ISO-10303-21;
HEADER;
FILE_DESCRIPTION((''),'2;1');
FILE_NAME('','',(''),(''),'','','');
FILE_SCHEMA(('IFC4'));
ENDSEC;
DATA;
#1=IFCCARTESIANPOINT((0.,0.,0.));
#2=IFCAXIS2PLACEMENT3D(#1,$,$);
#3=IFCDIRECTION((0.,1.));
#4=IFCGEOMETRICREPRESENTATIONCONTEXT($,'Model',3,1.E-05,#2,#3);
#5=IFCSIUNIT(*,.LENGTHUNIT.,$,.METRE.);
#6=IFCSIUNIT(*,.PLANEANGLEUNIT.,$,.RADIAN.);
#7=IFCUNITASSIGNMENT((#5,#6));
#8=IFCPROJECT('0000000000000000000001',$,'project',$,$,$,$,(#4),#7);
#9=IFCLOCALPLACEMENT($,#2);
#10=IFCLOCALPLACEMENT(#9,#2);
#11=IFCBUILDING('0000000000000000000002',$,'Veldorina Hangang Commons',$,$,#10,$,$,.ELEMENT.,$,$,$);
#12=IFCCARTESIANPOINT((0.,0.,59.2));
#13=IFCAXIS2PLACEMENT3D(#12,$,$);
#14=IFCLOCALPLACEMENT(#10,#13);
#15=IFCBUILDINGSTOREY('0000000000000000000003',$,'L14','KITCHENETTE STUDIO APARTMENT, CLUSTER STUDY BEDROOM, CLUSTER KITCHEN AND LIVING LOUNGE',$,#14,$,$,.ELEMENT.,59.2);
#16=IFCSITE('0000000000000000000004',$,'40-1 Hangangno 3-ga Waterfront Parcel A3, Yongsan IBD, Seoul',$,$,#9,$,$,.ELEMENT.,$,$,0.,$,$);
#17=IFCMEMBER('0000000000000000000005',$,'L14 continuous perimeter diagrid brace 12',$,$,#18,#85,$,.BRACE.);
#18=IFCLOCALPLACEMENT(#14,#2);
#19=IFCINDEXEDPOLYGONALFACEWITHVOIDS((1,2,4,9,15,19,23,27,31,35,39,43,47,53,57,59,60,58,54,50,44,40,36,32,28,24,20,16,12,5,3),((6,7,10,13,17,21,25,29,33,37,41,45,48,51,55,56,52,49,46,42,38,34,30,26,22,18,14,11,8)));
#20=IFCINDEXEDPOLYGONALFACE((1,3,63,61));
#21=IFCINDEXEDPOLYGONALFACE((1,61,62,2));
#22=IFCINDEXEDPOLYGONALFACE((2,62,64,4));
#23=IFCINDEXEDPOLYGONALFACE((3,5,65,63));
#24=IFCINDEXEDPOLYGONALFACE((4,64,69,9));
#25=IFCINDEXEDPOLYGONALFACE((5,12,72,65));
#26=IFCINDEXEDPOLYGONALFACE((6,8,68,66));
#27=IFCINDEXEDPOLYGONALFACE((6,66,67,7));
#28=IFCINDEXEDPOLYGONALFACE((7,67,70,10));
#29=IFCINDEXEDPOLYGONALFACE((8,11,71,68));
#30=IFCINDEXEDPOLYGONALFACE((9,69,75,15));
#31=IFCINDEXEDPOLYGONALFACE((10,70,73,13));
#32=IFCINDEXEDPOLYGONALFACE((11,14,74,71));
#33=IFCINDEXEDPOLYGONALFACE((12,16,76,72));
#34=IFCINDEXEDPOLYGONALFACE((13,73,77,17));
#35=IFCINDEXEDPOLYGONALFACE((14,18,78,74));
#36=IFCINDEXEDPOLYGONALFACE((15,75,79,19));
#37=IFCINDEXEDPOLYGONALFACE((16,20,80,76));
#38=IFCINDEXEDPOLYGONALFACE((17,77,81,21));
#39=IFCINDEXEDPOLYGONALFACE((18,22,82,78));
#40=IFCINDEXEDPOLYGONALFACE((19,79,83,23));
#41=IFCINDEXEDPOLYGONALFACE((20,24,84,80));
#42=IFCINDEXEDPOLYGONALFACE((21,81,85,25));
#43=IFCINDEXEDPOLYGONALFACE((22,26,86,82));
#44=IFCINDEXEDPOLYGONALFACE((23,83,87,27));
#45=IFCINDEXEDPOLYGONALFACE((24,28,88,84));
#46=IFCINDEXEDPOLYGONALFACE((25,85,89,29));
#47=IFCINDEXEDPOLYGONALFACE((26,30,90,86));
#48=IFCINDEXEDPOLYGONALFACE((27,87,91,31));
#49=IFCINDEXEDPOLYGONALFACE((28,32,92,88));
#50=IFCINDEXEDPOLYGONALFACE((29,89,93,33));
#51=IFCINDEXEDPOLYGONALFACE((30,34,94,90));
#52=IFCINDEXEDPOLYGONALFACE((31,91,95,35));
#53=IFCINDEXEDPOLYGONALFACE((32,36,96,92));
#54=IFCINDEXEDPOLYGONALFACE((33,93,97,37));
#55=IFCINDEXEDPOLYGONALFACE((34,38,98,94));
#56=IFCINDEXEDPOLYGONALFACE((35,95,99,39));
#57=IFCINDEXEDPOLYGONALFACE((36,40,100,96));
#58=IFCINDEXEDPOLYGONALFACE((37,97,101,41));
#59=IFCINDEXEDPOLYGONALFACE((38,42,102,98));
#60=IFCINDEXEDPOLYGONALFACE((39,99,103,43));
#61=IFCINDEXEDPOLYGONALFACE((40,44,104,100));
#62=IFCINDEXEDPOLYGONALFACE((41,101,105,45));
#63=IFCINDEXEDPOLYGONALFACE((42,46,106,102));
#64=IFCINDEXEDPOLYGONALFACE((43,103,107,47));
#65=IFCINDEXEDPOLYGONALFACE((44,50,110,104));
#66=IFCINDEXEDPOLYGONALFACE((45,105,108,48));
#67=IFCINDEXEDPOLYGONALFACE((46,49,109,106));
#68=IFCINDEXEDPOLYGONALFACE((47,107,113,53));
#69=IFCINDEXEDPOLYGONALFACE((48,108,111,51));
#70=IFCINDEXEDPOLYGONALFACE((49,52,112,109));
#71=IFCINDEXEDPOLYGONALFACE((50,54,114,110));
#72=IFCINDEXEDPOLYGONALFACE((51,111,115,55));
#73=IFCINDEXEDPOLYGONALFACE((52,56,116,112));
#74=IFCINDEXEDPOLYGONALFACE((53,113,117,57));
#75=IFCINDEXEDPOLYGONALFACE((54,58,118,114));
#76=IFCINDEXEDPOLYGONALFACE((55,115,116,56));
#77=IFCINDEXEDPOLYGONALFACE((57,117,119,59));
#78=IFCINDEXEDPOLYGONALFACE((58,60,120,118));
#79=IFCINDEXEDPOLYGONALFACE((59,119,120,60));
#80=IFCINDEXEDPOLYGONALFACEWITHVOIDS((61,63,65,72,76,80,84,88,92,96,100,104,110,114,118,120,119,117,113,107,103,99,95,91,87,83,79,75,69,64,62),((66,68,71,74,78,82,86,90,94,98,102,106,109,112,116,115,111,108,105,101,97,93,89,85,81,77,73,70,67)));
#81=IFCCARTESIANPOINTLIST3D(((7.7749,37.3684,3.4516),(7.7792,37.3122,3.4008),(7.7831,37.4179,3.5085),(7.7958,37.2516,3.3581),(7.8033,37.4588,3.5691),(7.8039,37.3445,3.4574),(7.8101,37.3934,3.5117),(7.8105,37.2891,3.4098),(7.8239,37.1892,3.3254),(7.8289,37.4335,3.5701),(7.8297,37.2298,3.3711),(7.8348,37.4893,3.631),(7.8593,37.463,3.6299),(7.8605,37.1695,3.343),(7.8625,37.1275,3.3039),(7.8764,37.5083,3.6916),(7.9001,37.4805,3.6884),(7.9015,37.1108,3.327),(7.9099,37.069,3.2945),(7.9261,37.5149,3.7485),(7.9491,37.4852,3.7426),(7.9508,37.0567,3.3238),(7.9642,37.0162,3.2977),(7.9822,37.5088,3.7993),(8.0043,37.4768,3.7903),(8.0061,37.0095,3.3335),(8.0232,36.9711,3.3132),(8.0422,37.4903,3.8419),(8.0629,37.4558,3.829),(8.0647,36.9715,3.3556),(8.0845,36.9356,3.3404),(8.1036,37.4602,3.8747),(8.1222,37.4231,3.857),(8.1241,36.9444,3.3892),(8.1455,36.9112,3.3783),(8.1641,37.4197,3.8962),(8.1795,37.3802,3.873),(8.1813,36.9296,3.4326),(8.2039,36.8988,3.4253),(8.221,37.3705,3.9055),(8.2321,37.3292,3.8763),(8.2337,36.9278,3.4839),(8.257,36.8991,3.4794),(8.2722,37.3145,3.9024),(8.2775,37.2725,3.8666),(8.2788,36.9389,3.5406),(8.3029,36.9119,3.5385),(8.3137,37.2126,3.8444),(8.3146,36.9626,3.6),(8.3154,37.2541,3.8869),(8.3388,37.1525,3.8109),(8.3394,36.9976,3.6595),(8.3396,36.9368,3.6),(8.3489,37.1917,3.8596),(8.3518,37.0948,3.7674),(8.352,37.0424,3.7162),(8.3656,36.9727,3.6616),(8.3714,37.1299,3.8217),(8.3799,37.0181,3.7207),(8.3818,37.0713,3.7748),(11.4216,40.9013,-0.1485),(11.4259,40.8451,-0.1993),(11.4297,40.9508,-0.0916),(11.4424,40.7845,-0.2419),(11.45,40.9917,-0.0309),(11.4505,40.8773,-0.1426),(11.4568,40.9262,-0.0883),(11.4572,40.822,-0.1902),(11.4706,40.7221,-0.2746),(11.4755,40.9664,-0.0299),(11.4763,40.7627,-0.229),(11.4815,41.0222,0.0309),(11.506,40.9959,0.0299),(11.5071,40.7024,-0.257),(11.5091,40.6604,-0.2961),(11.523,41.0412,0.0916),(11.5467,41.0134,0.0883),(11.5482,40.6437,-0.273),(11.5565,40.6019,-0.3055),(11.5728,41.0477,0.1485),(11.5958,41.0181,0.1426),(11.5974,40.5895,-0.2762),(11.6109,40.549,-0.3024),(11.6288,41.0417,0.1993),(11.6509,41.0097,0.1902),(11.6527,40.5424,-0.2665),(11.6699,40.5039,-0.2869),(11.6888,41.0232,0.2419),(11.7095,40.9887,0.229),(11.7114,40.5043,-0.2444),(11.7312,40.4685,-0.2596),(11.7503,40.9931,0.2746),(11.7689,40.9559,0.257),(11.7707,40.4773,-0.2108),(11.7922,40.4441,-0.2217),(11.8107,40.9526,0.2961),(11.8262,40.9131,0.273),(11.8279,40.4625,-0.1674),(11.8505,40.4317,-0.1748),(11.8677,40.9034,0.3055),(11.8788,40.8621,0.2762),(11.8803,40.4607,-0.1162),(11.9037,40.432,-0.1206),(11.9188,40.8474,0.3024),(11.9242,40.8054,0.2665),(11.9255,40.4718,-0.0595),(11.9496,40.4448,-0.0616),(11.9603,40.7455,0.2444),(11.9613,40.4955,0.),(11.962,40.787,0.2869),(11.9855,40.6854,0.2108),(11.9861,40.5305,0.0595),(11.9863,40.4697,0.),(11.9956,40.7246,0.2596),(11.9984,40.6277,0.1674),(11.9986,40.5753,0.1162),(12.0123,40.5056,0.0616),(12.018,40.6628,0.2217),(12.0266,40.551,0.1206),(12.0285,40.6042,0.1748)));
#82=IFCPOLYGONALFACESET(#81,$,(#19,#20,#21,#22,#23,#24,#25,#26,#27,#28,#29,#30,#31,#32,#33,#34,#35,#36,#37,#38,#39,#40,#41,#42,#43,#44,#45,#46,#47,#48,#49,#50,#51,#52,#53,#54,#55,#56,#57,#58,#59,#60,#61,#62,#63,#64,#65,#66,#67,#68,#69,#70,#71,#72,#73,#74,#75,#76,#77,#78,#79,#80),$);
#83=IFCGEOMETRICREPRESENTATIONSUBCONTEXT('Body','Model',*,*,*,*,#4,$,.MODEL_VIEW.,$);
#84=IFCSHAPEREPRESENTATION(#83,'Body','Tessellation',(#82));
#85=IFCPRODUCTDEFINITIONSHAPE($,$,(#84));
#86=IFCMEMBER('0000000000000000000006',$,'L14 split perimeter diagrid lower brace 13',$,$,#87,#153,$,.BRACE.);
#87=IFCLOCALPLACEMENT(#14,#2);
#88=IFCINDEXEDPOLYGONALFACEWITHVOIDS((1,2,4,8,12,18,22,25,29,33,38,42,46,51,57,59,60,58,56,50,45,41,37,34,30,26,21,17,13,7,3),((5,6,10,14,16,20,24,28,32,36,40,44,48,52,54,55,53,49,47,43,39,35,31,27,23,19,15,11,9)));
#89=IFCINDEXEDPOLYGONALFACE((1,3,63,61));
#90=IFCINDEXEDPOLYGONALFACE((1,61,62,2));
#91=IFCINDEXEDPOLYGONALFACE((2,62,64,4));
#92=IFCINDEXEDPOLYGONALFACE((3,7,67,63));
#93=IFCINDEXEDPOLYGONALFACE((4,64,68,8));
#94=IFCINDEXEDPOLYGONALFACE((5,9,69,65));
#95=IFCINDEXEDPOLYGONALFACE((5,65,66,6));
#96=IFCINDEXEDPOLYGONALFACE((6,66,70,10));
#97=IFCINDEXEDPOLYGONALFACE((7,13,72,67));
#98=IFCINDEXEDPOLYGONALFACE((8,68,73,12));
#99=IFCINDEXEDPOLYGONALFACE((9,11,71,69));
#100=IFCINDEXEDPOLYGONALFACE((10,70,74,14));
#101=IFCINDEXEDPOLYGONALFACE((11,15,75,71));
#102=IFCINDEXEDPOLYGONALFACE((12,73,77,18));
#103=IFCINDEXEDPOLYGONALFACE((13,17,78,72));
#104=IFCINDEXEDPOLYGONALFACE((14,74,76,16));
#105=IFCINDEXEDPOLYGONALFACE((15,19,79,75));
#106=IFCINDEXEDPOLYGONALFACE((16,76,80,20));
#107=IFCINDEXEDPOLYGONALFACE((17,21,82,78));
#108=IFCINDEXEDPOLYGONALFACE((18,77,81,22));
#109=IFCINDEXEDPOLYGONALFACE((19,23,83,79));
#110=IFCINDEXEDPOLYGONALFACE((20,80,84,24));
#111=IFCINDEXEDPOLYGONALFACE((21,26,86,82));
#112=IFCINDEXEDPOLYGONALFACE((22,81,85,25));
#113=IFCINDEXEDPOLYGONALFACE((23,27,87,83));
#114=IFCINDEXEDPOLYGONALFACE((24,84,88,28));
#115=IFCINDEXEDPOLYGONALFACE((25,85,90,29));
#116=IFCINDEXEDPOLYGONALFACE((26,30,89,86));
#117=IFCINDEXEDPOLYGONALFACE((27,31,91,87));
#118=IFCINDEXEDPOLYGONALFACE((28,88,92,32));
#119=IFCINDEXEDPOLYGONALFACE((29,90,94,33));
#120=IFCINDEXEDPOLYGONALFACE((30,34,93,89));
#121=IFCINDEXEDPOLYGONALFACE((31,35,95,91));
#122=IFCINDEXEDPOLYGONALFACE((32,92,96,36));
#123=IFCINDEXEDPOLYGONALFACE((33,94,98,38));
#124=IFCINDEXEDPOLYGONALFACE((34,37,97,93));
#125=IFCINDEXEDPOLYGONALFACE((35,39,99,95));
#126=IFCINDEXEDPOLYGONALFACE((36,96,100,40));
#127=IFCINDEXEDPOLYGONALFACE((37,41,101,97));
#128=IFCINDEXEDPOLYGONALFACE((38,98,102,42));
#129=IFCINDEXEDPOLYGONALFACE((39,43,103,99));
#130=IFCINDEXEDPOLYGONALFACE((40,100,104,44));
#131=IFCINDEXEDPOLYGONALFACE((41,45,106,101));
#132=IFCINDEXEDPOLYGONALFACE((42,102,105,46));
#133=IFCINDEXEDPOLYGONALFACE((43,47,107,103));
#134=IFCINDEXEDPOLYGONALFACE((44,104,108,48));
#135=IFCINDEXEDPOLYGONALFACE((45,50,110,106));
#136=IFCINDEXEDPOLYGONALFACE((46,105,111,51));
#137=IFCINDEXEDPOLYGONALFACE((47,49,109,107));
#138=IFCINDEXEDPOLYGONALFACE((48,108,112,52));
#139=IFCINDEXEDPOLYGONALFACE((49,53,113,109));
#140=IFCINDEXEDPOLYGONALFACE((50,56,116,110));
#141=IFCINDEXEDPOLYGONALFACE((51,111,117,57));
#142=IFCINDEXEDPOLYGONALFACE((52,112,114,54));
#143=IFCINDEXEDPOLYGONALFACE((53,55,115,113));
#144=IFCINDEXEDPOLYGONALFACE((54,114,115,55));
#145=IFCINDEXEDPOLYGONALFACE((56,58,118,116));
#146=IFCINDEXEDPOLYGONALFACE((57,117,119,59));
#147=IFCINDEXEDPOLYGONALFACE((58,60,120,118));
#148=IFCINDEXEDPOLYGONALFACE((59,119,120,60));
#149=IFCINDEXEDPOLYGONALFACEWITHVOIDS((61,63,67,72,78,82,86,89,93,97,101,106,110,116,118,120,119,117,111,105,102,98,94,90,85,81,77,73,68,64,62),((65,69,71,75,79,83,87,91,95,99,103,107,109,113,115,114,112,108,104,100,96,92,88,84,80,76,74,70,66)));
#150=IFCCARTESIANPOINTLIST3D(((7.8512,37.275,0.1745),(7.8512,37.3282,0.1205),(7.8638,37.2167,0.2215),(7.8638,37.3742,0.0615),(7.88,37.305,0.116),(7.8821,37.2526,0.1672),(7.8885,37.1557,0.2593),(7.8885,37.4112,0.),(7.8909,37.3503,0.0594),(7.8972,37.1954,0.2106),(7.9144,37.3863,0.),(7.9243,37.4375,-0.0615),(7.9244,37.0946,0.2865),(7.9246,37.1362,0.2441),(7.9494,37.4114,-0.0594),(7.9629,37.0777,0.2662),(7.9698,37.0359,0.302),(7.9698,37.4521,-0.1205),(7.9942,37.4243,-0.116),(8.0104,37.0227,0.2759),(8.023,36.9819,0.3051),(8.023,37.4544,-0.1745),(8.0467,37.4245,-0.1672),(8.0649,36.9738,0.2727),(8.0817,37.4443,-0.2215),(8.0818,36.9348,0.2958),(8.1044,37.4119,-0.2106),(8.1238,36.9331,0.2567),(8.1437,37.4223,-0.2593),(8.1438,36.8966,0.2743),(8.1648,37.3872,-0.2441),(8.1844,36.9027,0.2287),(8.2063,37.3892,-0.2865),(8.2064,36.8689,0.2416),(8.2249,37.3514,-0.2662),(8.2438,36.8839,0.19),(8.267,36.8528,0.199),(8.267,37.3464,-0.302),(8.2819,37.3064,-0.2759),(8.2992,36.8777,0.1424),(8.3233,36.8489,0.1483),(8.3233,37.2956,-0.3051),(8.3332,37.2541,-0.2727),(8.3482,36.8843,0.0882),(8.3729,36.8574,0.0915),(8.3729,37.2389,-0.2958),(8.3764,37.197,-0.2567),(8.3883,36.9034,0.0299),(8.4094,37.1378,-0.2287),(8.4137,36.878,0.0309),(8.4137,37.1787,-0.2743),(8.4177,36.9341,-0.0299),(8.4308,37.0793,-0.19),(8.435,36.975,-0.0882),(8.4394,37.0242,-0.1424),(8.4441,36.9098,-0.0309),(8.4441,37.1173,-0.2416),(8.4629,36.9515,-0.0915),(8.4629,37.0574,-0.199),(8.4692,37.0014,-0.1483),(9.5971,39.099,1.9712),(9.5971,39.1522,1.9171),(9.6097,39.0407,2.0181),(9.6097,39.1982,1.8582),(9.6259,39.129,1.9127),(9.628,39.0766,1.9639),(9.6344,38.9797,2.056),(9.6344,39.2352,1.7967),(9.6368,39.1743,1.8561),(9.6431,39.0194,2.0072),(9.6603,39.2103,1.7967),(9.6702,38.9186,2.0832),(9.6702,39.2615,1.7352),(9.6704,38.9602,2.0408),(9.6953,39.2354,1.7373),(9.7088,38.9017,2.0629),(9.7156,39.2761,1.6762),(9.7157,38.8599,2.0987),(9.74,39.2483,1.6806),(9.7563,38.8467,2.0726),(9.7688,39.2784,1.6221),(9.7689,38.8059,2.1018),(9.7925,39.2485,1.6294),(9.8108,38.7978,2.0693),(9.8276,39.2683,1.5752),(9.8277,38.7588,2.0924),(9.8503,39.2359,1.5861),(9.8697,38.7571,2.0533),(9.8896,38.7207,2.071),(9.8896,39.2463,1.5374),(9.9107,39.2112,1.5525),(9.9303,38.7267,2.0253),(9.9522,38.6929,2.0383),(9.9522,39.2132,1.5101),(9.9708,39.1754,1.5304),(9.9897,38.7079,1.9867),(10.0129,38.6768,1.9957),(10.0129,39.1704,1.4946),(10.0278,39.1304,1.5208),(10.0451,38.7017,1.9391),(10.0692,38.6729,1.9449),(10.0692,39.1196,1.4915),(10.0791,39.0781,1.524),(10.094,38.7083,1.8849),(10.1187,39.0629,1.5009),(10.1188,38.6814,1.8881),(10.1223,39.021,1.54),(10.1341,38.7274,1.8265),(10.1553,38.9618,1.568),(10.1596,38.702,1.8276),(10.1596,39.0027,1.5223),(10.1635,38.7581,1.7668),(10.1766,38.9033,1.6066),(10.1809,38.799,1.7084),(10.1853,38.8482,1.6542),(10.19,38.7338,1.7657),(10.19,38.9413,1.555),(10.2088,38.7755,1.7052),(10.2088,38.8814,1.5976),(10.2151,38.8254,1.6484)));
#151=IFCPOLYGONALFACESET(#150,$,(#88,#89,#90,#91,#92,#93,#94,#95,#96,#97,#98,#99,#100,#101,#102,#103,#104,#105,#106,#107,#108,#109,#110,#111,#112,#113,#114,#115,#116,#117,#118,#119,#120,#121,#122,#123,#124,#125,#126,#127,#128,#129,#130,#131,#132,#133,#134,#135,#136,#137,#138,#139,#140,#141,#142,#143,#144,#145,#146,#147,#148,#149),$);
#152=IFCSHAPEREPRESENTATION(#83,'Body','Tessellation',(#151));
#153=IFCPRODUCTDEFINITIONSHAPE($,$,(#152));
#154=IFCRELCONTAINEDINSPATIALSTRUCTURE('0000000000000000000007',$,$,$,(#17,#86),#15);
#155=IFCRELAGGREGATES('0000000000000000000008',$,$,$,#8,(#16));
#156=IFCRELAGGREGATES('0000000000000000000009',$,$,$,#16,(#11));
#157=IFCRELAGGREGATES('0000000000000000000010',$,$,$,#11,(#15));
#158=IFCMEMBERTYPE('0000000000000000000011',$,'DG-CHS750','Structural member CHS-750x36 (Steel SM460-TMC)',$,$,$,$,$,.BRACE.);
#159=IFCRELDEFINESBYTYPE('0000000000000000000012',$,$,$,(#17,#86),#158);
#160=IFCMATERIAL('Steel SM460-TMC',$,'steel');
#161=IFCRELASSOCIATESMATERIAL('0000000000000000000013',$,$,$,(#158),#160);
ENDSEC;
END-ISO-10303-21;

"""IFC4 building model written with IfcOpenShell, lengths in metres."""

from ifc_helpers import new_model, si_unit, direction, frame, origin, origin_2d, place, context, subcontext, project, spatial, hollow_circle, extrude, material, material_profile, profile_set, type_object, element, save


model = new_model("IFC4")

# Units and contexts
model_context = context("Model", 3, precision=1e-05, world=origin(), true_north=direction((0.0, 1.0)))
body_context = subcontext(model_context, "Body", "Model", "MODEL_VIEW")
ifc_project = project(units=[si_unit("LENGTHUNIT", "METRE"), si_unit("PLANEANGLEUNIT", "RADIAN")], contexts=[model_context])

# Site, building, storey
site_placement = place(None, origin())
site = spatial("IfcSite", under=ifc_project, at=site_placement, Name="40-1 Hangangno 3-ga Waterfront Parcel A3, Yongsan IBD, Seoul", CompositionType="ELEMENT", RefElevation=0.0)
building_placement = place(site_placement, origin())
building = spatial("IfcBuilding", under=site, at=building_placement, Name="Veldorina Hangang Commons", CompositionType="ELEMENT")
storey_placement = place(building_placement, frame((0.0, 0.0, 59.2)))
storey = spatial("IfcBuildingStorey", under=building, at=storey_placement, Name="L14", Description="KITCHENETTE STUDIO APARTMENT, CLUSTER STUDY BEDROOM, CLUSTER KITCHEN AND LIVING LOUNGE", CompositionType="ELEMENT", Elevation=59.2)

# Shared definitions
ifc_material_1 = material(Name="Steel SM460-TMC", Category="steel")

# Members
ifc_material_profile_1 = material_profile(ifc_material_1, hollow_circle(Radius=0.375, WallThickness=0.0359, at=origin_2d()), Name="CHS-750x36")
ifc_profile_set_1 = profile_set([ifc_material_profile_1], Name="Steel SM460-TMC")
member_type = type_object("IfcMemberType", Name="DG-CHS750", Description="Structural member CHS-750x36 (Steel SM460-TMC)", PredefinedType="BRACE", material=ifc_profile_set_1)
member_1_placement = place(storey_placement, frame((11.7253, 40.739, 0.0), z_axis=(-0.585892, -0.567613, 0.5784), x_axis=(0.695815, -0.718221, 0.0)))
element("IfcMember", 1, at=member_1_placement, inside=storey, type_object=member_type, Name="L14 continuous perimeter diagrid brace 12", PredefinedType="BRACE", context=body_context, shape_type="SweptSolid", body=[
    extrude(hollow_circle(Radius=0.375, WallThickness=0.0359, at=origin_2d()), origin(), (0.0, 0.0, 1.0), 6.2241),
])
member_2_placement = place(storey_placement, frame((8.1594, 37.1519, 0.0), z_axis=(0.56339, 0.588601, 0.579777), x_axis=(-0.722409, 0.691466, 0.0)))
element("IfcMember", 2, at=member_2_placement, inside=storey, type_object=member_type, Name="L14 split perimeter diagrid lower brace 13", PredefinedType="BRACE", context=body_context, shape_type="SweptSolid", body=[
    extrude(hollow_circle(Radius=0.375, WallThickness=0.0359, at=origin_2d()), origin(), (0.0, 0.0, 1.0), 3.0989),
])

save(model, "model.ifc")
